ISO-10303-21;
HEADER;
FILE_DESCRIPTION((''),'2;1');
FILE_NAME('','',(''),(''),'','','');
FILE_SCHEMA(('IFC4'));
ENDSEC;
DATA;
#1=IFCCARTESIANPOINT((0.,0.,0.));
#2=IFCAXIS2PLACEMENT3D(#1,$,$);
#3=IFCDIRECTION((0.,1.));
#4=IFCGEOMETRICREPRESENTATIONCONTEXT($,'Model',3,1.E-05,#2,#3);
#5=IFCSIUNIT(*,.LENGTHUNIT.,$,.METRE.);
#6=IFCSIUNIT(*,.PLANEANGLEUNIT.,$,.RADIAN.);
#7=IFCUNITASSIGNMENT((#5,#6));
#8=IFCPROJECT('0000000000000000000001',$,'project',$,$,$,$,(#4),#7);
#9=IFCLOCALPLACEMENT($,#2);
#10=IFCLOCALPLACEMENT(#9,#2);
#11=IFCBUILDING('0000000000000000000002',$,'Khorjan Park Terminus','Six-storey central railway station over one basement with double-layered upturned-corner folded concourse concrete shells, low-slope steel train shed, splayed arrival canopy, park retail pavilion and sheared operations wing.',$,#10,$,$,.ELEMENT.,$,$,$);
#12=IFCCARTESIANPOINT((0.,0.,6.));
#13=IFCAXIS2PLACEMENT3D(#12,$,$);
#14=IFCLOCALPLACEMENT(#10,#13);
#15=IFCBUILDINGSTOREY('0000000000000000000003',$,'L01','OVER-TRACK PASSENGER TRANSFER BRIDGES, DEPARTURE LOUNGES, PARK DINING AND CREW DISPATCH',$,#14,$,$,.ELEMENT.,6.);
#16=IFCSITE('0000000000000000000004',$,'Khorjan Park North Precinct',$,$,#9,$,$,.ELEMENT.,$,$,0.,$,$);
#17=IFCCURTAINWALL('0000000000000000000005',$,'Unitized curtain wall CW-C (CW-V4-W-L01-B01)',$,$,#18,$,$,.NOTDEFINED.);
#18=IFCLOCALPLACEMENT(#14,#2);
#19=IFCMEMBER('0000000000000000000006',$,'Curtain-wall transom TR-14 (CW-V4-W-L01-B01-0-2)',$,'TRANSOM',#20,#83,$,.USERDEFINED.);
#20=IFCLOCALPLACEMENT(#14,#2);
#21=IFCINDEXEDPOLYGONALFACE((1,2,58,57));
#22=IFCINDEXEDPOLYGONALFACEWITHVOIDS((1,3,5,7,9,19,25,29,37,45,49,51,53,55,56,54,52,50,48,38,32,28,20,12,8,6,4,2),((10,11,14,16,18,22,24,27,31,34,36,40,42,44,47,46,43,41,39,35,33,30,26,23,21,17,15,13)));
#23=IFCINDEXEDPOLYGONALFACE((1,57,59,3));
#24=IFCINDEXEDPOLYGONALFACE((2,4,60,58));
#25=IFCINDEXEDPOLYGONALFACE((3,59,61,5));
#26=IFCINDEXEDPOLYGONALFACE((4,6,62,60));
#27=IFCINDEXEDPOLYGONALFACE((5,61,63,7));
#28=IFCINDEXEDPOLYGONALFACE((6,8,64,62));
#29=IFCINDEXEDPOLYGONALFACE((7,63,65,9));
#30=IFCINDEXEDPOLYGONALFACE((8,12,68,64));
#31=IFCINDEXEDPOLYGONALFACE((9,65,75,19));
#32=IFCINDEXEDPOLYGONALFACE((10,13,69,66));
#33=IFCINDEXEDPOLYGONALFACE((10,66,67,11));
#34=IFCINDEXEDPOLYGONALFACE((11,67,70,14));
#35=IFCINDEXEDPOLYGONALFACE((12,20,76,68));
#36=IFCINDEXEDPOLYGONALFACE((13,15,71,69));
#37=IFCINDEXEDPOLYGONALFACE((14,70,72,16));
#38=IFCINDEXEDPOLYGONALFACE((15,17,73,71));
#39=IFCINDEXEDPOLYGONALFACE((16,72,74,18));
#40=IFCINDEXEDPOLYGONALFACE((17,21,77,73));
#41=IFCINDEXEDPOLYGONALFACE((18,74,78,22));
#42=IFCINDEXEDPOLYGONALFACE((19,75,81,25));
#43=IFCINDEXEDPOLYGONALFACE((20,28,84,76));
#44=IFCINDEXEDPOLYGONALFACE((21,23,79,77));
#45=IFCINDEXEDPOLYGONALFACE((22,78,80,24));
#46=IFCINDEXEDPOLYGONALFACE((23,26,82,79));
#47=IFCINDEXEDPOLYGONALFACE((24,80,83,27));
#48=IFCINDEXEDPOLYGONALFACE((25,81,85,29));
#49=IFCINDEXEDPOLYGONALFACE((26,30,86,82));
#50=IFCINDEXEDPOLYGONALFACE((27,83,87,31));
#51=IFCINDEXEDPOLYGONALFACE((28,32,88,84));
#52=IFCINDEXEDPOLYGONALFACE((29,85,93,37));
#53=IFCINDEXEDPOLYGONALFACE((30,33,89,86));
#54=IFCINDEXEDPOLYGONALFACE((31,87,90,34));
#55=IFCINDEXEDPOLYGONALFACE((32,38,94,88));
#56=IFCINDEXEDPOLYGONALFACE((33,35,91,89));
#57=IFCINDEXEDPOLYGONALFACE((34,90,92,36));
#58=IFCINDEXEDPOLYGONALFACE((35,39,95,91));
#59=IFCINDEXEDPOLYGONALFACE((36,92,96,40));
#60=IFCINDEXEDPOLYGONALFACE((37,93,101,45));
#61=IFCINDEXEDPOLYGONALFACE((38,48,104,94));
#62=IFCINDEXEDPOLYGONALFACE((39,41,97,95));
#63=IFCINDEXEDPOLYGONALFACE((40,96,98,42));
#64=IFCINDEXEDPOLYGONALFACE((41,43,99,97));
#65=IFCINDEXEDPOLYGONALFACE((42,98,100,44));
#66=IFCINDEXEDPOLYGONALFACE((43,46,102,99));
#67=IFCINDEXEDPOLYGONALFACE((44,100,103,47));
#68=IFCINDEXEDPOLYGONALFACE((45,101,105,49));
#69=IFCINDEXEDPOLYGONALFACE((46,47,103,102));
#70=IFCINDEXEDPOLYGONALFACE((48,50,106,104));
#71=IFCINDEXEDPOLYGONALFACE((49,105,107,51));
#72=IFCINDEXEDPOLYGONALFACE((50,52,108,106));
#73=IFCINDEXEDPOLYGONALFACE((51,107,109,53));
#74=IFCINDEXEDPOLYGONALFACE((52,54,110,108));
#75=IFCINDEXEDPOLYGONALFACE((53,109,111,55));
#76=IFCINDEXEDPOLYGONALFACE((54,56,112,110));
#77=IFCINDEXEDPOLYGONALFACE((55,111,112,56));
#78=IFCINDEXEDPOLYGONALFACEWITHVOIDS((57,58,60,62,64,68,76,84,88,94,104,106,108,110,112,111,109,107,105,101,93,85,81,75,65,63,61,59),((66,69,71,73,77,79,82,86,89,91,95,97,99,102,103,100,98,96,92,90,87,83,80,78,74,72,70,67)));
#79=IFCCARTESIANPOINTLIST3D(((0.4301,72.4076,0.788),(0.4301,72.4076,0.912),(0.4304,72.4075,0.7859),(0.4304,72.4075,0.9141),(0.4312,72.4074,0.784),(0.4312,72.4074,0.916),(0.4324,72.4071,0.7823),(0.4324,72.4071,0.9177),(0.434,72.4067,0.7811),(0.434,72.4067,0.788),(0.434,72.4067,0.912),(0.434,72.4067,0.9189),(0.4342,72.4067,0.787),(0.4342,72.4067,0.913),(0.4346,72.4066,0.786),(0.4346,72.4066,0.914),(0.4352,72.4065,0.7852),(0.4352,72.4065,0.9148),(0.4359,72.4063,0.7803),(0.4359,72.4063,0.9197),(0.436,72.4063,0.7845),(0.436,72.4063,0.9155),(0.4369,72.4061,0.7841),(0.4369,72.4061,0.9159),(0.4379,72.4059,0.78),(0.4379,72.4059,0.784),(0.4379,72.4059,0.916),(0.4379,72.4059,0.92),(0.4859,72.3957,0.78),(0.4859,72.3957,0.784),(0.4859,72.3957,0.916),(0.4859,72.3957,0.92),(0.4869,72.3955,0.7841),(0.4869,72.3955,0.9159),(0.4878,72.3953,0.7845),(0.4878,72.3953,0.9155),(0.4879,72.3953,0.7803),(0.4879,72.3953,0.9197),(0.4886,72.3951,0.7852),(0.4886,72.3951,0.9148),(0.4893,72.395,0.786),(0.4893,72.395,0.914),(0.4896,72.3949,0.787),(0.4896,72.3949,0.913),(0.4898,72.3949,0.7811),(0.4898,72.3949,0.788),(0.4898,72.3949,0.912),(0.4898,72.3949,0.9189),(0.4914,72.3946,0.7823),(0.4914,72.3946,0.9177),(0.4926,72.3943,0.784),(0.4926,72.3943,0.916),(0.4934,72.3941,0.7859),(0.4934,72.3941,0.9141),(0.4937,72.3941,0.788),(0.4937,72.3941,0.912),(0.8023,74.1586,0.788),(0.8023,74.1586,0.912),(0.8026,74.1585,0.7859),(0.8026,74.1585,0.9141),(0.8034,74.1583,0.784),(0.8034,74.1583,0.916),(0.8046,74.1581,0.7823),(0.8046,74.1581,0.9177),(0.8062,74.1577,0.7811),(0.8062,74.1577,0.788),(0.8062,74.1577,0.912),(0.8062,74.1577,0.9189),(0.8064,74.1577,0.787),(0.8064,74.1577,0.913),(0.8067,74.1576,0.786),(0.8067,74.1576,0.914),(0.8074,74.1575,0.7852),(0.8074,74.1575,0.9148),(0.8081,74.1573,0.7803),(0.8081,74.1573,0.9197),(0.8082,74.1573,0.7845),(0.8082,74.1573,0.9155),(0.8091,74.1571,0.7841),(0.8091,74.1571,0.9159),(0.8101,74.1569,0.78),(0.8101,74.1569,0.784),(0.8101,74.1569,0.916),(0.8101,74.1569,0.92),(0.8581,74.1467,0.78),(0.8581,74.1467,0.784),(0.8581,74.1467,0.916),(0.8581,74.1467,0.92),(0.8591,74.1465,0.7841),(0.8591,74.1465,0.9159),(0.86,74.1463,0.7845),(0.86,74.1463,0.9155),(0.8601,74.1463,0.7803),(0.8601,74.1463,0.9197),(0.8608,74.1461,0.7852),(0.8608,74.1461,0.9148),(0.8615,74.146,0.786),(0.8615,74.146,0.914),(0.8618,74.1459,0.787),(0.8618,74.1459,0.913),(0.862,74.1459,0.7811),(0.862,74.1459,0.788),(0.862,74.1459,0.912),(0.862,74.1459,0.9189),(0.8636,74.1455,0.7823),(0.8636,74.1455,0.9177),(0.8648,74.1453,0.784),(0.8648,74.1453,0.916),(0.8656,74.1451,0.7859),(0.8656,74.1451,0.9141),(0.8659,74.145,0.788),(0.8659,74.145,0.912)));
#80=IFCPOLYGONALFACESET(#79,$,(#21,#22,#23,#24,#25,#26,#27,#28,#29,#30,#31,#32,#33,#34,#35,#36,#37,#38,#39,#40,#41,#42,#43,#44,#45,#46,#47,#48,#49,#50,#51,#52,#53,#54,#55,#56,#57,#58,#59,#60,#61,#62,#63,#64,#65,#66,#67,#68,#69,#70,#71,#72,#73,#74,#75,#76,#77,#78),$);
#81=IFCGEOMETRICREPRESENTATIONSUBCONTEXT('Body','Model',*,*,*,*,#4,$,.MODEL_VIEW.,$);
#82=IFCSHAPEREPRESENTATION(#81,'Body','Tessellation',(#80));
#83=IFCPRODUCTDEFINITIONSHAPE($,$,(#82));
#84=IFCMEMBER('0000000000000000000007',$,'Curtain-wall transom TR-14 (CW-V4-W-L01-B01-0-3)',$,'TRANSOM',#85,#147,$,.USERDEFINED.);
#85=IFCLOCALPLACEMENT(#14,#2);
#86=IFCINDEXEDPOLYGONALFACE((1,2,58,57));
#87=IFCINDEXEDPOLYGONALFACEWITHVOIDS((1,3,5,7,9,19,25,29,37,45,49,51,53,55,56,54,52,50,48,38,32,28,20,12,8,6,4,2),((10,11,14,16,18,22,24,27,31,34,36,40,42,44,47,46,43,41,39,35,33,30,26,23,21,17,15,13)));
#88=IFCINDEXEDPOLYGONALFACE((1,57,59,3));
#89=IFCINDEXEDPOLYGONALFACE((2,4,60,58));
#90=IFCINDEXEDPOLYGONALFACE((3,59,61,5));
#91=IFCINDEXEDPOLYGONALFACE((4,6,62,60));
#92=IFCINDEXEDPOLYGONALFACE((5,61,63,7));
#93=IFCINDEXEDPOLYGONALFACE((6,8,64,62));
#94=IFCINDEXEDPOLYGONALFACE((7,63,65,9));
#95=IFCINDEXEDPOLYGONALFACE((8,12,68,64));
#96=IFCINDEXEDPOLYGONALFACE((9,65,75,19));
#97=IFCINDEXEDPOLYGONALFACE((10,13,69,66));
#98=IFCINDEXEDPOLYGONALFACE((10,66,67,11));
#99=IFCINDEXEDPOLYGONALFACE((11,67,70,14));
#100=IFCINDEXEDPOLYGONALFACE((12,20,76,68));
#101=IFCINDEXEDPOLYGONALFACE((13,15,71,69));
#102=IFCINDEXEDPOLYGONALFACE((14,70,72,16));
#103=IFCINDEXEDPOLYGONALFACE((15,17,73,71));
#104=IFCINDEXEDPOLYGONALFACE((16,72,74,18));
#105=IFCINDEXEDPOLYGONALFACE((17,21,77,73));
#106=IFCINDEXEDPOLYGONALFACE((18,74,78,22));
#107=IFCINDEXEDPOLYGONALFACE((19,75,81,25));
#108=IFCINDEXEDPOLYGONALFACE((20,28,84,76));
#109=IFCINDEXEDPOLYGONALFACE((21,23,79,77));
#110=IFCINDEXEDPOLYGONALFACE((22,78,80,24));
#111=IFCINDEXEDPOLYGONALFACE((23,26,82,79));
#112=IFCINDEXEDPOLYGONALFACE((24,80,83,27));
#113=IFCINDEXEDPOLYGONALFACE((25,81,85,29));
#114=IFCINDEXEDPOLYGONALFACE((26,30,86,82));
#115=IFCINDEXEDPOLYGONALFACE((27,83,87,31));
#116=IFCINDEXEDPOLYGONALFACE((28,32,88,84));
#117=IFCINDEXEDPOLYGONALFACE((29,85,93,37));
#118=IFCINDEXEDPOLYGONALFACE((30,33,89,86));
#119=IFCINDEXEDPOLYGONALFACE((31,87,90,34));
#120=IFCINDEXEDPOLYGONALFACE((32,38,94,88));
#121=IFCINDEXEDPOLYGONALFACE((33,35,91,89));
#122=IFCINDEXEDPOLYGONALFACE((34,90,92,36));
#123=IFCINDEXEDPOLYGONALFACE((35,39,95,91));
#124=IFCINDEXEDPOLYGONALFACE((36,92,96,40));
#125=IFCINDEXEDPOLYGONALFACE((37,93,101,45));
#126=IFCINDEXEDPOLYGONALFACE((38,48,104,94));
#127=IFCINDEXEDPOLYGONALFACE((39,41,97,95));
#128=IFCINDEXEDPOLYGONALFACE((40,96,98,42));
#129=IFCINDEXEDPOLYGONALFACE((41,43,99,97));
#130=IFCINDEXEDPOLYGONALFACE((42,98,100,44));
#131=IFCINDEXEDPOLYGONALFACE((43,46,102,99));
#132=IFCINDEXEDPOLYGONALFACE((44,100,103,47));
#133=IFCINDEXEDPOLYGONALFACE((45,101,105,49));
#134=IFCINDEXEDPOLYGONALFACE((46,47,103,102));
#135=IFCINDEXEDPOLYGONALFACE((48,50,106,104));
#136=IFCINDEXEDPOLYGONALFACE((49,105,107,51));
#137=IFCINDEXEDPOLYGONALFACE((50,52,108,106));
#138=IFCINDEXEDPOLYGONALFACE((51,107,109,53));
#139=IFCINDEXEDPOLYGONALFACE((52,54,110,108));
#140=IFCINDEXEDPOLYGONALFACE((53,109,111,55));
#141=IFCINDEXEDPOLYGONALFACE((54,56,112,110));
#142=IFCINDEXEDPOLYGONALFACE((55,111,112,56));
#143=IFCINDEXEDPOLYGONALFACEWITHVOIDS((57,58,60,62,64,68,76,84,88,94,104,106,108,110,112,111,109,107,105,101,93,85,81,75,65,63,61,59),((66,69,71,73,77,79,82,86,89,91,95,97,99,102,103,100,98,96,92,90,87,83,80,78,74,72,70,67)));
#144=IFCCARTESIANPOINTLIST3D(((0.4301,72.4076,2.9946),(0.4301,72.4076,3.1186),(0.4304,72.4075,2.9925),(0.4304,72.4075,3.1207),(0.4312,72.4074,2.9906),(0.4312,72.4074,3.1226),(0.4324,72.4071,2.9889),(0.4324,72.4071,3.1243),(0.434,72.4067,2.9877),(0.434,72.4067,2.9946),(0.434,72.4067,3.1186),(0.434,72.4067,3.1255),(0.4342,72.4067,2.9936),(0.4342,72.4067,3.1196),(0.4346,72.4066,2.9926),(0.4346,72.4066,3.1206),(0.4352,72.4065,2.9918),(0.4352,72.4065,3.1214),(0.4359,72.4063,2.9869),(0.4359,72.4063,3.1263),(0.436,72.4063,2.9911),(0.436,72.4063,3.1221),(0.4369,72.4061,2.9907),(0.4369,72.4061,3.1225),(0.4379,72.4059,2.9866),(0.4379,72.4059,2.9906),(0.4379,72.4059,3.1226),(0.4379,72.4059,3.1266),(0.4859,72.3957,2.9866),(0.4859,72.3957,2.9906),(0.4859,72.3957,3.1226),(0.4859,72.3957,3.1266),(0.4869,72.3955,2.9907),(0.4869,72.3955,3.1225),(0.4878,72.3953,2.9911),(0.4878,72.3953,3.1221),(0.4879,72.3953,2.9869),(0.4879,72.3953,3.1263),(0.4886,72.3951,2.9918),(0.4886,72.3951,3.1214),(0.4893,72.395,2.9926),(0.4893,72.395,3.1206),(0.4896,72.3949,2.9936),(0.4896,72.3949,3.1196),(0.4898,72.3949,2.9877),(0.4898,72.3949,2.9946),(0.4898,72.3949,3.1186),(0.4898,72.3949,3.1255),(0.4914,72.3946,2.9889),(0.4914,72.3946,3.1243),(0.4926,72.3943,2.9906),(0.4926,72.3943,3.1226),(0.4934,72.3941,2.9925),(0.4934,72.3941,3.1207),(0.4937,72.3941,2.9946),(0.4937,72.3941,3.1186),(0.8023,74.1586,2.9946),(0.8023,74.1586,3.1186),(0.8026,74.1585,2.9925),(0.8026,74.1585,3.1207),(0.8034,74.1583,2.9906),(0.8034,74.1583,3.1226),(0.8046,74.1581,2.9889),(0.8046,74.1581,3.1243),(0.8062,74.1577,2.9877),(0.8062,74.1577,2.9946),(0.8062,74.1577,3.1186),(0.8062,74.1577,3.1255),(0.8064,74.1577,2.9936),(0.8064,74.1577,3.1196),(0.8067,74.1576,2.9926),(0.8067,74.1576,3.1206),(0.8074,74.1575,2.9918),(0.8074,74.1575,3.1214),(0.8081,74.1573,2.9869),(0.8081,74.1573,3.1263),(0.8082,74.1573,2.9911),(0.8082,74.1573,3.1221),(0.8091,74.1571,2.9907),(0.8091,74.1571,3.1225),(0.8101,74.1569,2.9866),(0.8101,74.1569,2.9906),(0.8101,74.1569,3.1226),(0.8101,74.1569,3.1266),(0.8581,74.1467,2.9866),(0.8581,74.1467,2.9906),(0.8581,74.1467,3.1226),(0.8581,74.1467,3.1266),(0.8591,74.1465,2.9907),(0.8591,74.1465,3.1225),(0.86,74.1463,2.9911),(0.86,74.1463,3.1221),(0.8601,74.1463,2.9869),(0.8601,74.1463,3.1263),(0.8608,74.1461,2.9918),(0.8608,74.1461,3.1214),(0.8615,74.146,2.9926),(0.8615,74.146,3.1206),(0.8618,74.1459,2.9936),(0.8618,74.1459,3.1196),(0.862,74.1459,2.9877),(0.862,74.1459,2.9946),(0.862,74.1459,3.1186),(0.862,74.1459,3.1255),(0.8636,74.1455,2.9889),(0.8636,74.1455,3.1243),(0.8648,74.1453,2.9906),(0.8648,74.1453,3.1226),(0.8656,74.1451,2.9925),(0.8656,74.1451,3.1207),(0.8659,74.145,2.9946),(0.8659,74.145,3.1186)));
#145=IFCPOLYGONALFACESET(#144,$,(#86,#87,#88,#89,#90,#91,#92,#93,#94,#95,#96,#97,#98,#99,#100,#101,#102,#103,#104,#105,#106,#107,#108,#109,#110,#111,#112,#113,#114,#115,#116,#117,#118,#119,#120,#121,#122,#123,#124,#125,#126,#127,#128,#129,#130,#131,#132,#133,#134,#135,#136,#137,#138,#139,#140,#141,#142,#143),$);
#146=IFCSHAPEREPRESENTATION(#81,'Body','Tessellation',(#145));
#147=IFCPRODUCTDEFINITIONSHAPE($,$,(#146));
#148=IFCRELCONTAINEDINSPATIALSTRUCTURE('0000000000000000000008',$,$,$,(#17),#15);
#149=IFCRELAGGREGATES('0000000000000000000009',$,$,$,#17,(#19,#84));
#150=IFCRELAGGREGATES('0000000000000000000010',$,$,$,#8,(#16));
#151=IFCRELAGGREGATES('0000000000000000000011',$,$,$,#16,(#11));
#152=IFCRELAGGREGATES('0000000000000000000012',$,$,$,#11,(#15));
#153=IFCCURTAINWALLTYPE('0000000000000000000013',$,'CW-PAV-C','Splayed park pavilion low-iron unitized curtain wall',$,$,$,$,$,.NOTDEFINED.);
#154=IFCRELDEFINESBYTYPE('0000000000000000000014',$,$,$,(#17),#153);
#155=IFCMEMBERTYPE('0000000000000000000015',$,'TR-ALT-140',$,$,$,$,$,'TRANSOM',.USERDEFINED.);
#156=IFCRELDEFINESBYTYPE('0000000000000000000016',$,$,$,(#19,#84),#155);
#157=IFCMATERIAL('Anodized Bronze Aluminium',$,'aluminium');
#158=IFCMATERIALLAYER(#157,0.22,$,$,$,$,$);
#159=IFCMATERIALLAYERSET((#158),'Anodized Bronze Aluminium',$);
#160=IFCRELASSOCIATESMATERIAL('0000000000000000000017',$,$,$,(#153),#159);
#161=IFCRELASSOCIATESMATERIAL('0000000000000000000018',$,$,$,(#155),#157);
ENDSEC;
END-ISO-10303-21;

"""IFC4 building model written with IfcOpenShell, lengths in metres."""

from ifc_helpers import new_model, si_unit, direction, frame, origin, origin_2d, place, context, subcontext, project, spatial, hollow_rectangle, extrude, material, layer, layer_set, material_profile, profile_set, type_object, element, aggregate, save


model = new_model("IFC4")

# Units and contexts
model_context = context("Model", 3, precision=1e-05, world=origin(), true_north=direction((0.0, 1.0)))
body_context = subcontext(model_context, "Body", "Model", "MODEL_VIEW")
ifc_project = project(units=[si_unit("LENGTHUNIT", "METRE"), si_unit("PLANEANGLEUNIT", "RADIAN")], contexts=[model_context])

# Site, building, storey
site_placement = place(None, origin())
site = spatial("IfcSite", under=ifc_project, at=site_placement, Name="Khorjan Park North Precinct", CompositionType="ELEMENT", RefElevation=0.0)
building_placement = place(site_placement, origin())
building = spatial("IfcBuilding", under=site, at=building_placement, Name="Khorjan Park Terminus", Description="Six-storey central railway station over one basement with double-layered upturned-corner folded concourse concrete shells, low-slope steel train shed, splayed arrival canopy, park retail pavilion and sheared operations wing.", CompositionType="ELEMENT")
storey_placement = place(building_placement, frame((0.0, 0.0, 6.0)))
storey = spatial("IfcBuildingStorey", under=building, at=storey_placement, Name="L01", Description="OVER-TRACK PASSENGER TRANSFER BRIDGES, DEPARTURE LOUNGES, PARK DINING AND CREW DISPATCH", CompositionType="ELEMENT", Elevation=6.0)

# Shared definitions
ifc_material_1 = material(Name="Anodized Bronze Aluminium", Category="aluminium")
ifc_layer_1 = layer(ifc_material_1, 0.22)
ifc_layer_set_1 = layer_set([ifc_layer_1], Name="Anodized Bronze Aluminium")
curtain_wall_type = type_object("IfcCurtainWallType", Name="CW-PAV-C", Description="Splayed park pavilion low-iron unitized curtain wall", PredefinedType="NOTDEFINED", material=ifc_layer_set_1)

# Curtain wall
curtain_wall_1_placement = place(storey_placement, origin())
curtain_wall_1 = element("IfcCurtainWall", 1, at=curtain_wall_1_placement, inside=storey, type_object=curtain_wall_type, Name="Unitized curtain wall CW-C (CW-V4-W-L01-B01)", PredefinedType="NOTDEFINED")

# Members
ifc_material_profile_1 = material_profile(ifc_material_1, hollow_rectangle(XDim=0.065, YDim=0.14, WallThickness=0.004, InnerFilletRadius=0.004, OuterFilletRadius=0.008, at=origin_2d()), Name="ALT 65x140x4")
ifc_profile_set_1 = profile_set([ifc_material_profile_1], Name="Anodized Bronze Aluminium")
member_type_1 = type_object("IfcMemberType", Name="TR-ALT-140", ElementType="TRANSOM", PredefinedType="USERDEFINED", material=ifc_profile_set_1)
member_1_placement = place(storey_placement, frame((0.8341, 74.1518, 0.85), z_axis=(-0.207919, -0.978146, 0.0), x_axis=(0.978146, -0.207919, 0.0)))
member_1 = element("IfcMember", 2, at=member_1_placement, type_object=member_type_1, Name="Curtain-wall transom TR-14 (CW-V4-W-L01-B01-0-2)", ObjectType="TRANSOM", PredefinedType="USERDEFINED", context=body_context, shape_type="SweptSolid", body=[
    extrude(hollow_rectangle(XDim=0.065, YDim=0.14, WallThickness=0.004, InnerFilletRadius=0.004, OuterFilletRadius=0.008, at=origin_2d()), origin(), (0.0, 0.0, 1.0), 1.7901),
])
member_2_placement = place(storey_placement, frame((0.8341, 74.1518, 3.0566), z_axis=(-0.207919, -0.978146, 0.0), x_axis=(0.978146, -0.207919, 0.0)))
member_2 = element("IfcMember", 3, at=member_2_placement, type_object=member_type_1, Name="Curtain-wall transom TR-14 (CW-V4-W-L01-B01-0-3)", ObjectType="TRANSOM", PredefinedType="USERDEFINED", context=body_context, shape_type="SweptSolid", body=[
    extrude(hollow_rectangle(XDim=0.065, YDim=0.14, WallThickness=0.004, InnerFilletRadius=0.004, OuterFilletRadius=0.008, at=origin_2d()), origin(), (0.0, 0.0, 1.0), 1.7901),
])

aggregate(curtain_wall_1, [member_1, member_2])

save(model, "model.ifc")
